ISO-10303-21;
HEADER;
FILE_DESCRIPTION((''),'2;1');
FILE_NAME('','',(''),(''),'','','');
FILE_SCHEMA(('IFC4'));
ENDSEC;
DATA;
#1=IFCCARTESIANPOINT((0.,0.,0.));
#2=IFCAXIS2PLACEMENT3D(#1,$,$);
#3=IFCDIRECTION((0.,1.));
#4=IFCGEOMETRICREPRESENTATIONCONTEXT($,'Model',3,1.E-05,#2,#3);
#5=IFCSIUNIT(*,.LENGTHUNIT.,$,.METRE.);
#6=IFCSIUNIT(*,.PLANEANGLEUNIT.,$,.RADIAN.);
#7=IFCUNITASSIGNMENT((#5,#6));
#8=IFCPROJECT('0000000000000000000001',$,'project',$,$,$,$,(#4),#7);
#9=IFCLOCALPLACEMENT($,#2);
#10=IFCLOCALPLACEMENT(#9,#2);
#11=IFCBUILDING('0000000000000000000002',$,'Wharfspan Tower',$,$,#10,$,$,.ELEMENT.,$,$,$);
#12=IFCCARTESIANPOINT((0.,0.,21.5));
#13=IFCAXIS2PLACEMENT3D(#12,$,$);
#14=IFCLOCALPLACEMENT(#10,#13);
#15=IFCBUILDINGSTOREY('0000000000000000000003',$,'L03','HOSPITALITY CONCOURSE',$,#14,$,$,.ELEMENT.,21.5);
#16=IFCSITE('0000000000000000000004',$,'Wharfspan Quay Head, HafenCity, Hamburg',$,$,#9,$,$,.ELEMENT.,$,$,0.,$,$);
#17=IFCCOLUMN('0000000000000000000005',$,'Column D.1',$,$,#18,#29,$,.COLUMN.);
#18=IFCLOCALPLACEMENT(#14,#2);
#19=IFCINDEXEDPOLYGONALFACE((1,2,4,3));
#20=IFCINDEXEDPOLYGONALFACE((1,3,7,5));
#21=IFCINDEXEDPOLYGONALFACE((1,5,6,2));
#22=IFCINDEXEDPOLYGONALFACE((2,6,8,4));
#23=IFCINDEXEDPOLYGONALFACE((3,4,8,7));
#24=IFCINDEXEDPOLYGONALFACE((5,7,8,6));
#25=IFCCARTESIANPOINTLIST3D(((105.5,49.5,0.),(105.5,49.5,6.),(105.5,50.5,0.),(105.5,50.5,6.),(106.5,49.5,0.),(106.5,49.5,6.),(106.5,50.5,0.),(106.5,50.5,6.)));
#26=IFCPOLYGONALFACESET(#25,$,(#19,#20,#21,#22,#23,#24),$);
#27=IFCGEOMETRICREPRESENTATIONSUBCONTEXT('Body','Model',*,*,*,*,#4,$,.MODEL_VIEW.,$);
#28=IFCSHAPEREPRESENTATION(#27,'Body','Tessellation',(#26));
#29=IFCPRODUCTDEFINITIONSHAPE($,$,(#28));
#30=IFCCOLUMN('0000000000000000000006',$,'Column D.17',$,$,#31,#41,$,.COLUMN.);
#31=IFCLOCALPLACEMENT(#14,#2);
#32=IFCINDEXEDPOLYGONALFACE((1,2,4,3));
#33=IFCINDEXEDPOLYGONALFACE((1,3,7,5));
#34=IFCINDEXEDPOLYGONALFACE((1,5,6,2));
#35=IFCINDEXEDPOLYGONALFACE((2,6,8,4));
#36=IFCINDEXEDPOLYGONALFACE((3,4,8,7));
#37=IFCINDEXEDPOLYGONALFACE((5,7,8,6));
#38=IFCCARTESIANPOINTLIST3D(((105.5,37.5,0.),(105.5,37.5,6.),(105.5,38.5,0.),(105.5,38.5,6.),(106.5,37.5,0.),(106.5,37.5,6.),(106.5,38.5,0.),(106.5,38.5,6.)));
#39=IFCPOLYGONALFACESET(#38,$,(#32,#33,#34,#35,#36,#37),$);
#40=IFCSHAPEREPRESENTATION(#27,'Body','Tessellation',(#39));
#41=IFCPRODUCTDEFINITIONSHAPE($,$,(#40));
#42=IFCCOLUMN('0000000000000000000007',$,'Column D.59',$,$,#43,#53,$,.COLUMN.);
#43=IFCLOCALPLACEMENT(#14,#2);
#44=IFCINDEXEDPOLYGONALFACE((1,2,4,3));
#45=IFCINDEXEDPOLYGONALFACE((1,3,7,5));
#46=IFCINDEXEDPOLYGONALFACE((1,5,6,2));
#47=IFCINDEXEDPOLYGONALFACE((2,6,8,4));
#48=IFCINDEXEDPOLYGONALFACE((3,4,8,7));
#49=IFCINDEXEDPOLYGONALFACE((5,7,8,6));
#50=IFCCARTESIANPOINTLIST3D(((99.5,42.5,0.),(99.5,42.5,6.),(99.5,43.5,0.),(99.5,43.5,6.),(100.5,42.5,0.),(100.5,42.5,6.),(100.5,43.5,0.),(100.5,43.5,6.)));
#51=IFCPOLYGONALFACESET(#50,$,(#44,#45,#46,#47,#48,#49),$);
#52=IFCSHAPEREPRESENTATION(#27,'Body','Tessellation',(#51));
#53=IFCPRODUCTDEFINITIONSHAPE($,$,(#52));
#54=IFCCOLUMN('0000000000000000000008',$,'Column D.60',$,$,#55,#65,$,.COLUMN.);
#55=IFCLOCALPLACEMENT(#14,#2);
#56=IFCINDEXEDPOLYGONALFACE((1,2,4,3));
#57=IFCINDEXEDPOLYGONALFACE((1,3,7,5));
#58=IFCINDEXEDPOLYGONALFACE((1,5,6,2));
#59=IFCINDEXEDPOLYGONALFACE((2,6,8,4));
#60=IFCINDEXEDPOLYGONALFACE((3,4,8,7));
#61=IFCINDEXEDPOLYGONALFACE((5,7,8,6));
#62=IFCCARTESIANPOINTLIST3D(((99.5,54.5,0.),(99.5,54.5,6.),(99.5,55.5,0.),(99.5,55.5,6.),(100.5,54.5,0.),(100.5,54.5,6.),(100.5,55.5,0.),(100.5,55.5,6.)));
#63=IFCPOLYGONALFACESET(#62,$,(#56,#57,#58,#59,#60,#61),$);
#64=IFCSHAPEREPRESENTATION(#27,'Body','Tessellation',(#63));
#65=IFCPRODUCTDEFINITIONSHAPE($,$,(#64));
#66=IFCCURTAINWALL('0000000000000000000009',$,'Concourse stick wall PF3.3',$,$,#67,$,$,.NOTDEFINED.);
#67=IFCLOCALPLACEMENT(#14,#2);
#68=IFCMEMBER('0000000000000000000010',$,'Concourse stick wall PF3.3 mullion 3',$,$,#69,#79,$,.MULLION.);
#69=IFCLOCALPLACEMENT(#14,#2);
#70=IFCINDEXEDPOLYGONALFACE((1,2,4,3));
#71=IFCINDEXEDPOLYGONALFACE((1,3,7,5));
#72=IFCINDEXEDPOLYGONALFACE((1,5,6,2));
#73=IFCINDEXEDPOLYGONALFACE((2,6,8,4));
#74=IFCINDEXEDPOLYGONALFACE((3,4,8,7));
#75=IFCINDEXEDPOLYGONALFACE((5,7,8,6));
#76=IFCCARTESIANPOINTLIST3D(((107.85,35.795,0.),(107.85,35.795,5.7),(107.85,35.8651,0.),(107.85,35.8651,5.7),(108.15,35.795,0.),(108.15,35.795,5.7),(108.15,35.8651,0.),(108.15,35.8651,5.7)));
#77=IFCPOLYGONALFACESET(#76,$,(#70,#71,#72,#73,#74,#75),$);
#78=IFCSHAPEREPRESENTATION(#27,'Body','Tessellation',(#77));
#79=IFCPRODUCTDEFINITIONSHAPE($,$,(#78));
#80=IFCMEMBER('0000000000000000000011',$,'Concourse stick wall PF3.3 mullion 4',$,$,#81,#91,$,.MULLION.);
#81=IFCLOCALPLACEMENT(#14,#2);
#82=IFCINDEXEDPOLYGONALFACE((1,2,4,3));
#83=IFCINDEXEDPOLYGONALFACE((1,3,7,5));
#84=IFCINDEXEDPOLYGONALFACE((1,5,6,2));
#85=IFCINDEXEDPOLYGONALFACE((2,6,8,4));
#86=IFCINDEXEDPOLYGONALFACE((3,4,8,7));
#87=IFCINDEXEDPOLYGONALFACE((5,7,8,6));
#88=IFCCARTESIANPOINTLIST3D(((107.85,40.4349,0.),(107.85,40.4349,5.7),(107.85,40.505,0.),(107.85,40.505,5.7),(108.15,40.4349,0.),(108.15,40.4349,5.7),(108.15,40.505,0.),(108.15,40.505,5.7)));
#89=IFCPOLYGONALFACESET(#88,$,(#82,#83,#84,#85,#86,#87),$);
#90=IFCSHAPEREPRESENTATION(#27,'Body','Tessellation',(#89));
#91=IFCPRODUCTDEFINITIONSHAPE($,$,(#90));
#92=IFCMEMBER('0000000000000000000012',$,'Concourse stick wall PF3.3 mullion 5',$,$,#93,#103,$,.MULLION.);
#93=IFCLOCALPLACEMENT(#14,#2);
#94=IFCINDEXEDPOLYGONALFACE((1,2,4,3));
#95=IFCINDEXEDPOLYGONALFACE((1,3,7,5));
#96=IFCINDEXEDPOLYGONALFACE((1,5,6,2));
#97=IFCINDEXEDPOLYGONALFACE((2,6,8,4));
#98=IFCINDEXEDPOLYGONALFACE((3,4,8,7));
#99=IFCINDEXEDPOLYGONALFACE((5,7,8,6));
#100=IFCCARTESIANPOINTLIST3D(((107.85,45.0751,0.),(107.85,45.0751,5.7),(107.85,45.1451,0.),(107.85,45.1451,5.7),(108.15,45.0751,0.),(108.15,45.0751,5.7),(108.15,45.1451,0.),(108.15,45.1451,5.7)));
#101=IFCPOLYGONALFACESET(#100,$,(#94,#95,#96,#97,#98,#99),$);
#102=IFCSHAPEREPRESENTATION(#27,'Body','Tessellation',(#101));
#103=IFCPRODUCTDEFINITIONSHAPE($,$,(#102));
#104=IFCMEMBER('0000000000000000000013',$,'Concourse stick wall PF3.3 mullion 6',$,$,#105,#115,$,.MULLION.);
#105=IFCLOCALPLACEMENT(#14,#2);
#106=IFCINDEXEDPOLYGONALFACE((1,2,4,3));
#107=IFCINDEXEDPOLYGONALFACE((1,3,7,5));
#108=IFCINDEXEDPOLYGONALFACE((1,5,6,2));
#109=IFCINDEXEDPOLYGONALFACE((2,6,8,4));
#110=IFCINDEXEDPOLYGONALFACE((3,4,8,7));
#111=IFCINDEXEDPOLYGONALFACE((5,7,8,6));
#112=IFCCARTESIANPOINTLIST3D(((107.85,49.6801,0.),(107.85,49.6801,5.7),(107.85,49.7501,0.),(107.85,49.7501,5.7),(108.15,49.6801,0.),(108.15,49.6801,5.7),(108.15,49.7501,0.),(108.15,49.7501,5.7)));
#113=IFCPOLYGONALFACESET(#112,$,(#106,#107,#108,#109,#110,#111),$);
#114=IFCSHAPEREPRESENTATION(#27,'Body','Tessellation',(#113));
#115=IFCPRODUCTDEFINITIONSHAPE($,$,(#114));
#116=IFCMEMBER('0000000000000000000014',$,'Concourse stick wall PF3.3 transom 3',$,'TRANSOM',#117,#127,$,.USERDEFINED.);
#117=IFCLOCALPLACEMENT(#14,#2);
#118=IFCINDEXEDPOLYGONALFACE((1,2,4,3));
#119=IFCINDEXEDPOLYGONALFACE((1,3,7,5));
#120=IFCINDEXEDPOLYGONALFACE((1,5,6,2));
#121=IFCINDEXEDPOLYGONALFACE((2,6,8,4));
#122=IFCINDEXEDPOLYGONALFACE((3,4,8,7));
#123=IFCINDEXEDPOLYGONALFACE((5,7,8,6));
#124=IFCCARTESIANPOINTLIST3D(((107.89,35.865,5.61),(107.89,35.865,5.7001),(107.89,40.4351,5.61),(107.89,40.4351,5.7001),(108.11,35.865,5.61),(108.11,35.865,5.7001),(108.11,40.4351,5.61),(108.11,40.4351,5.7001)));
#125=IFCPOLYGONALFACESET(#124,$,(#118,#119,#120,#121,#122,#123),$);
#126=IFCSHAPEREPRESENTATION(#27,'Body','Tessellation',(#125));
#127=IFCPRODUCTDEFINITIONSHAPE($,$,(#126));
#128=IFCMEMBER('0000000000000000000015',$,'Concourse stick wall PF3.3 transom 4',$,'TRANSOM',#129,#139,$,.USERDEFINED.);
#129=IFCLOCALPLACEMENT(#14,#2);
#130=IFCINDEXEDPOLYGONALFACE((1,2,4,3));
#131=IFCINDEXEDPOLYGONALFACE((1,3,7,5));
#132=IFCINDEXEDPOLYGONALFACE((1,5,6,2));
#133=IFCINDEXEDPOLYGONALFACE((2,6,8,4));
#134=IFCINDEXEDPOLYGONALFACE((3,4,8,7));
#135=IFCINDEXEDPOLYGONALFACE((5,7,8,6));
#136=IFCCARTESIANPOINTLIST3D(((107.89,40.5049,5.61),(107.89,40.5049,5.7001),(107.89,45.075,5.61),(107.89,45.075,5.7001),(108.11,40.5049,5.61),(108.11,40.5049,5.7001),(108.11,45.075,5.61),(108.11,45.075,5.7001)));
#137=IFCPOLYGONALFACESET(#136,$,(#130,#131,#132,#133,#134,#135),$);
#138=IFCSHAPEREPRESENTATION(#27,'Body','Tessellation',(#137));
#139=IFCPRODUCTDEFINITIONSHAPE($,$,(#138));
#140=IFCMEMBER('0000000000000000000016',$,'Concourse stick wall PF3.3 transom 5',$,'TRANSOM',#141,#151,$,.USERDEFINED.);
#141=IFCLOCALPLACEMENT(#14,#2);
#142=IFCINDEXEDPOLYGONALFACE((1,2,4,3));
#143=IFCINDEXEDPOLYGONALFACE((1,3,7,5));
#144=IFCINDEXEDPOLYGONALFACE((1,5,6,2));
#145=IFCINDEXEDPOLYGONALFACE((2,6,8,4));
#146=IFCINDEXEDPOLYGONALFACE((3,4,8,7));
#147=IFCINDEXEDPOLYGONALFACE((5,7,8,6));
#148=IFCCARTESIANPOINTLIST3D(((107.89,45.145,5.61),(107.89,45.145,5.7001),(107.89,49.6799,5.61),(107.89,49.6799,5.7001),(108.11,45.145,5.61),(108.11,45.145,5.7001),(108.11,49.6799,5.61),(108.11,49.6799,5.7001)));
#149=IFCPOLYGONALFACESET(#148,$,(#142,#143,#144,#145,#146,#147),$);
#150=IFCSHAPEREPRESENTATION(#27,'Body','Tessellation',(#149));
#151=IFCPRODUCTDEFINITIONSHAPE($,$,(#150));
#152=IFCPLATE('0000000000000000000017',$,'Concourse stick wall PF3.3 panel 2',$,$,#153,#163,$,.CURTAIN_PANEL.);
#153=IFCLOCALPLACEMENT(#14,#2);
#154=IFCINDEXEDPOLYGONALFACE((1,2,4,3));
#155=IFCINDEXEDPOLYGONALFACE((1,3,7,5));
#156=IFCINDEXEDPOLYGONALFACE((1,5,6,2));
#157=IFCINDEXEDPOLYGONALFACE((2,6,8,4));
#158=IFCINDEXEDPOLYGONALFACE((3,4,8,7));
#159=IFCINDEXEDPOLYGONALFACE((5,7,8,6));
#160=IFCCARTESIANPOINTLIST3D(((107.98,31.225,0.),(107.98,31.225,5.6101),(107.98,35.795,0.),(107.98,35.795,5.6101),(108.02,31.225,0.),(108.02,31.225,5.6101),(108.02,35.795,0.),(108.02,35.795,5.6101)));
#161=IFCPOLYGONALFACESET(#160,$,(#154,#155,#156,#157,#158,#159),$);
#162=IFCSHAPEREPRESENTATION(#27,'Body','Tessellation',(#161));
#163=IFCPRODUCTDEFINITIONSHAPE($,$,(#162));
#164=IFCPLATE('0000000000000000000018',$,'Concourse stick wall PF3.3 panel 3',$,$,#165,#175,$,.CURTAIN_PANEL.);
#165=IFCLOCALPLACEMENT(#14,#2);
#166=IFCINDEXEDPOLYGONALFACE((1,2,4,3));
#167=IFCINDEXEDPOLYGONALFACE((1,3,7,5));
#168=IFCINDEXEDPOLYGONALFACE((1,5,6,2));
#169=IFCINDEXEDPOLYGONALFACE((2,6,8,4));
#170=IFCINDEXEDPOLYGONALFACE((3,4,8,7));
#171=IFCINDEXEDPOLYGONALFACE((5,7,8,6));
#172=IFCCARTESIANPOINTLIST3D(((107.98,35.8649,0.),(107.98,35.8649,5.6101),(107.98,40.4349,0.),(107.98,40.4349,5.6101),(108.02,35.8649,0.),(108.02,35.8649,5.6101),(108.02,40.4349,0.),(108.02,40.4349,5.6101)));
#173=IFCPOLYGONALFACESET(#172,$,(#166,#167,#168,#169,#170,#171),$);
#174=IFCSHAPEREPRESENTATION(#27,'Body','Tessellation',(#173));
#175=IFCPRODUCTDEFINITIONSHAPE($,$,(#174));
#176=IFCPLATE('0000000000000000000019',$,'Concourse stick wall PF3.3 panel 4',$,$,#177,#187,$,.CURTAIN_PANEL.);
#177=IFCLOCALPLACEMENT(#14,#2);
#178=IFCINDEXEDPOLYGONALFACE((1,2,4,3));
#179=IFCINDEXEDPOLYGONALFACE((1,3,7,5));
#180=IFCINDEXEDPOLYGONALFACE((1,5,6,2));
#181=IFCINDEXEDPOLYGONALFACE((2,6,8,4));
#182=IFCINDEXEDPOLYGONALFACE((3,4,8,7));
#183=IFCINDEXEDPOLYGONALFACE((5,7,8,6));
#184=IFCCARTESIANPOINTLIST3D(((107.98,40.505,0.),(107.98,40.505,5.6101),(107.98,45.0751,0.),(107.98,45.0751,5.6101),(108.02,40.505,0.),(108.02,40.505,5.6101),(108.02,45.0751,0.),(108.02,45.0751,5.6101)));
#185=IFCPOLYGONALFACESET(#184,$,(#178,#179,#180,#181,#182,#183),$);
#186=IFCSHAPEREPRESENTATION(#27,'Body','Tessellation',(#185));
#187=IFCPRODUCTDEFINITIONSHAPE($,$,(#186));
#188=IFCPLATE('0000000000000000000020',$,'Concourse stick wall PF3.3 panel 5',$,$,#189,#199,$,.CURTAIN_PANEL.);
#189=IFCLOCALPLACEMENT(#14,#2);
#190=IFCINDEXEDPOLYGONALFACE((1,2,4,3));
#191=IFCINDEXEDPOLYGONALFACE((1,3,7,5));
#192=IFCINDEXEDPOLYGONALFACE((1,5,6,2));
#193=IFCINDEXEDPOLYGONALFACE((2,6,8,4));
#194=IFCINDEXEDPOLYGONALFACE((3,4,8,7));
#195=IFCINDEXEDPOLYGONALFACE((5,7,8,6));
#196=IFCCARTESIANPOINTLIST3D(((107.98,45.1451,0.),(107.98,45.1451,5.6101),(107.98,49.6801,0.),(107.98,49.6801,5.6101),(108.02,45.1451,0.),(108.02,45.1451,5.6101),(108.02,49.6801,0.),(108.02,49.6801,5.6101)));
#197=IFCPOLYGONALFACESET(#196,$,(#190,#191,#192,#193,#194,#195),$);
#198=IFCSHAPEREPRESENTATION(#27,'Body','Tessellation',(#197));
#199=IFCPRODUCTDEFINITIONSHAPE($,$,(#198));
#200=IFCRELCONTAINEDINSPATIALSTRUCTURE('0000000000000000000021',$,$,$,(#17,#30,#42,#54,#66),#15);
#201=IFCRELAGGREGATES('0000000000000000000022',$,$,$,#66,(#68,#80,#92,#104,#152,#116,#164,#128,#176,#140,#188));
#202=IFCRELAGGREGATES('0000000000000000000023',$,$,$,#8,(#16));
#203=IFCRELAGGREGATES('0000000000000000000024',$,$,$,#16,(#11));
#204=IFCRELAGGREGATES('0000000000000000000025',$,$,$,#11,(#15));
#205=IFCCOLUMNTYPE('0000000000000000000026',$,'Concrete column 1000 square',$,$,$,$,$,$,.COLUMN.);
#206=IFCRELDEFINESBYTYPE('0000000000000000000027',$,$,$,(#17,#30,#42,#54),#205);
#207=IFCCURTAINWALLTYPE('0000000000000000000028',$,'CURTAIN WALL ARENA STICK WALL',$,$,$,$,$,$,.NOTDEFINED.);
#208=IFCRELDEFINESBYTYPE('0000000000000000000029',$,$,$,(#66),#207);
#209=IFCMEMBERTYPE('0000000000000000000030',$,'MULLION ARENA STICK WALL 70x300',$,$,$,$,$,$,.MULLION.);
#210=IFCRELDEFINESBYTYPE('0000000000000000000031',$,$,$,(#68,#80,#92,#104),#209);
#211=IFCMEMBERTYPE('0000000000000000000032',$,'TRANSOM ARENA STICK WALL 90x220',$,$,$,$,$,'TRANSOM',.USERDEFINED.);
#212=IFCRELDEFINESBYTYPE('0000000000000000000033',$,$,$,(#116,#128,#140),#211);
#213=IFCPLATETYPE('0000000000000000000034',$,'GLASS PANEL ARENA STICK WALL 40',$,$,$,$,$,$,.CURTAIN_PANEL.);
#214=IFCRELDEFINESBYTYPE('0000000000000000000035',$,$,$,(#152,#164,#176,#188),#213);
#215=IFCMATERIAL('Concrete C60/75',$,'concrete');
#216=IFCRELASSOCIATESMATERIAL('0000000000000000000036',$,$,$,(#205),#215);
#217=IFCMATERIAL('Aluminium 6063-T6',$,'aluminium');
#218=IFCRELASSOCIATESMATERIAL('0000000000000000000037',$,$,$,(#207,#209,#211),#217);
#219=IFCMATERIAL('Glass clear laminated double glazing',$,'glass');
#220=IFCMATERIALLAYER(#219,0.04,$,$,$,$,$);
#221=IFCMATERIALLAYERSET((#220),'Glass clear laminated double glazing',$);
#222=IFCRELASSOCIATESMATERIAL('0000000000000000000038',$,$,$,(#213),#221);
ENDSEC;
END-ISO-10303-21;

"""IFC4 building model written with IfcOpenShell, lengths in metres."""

from ifc_helpers import new_model, si_unit, direction, frame, origin, origin_2d, place, context, subcontext, project, spatial, rectangle, extrude, material, layer, layer_set, material_profile, profile_set, type_object, element, aggregate, save


model = new_model("IFC4")

# Units and contexts
model_context = context("Model", 3, precision=1e-05, world=origin(), true_north=direction((0.0, 1.0)))
body_context = subcontext(model_context, "Body", "Model", "MODEL_VIEW")
ifc_project = project(units=[si_unit("LENGTHUNIT", "METRE"), si_unit("PLANEANGLEUNIT", "RADIAN")], contexts=[model_context])

# Site, building, storey
site_placement = place(None, origin())
site = spatial("IfcSite", under=ifc_project, at=site_placement, Name="Wharfspan Quay Head, HafenCity, Hamburg", CompositionType="ELEMENT", RefElevation=0.0)
building_placement = place(site_placement, origin())
building = spatial("IfcBuilding", under=site, at=building_placement, Name="Wharfspan Tower", CompositionType="ELEMENT")
storey_placement = place(building_placement, frame((0.0, 0.0, 21.5)))
storey = spatial("IfcBuildingStorey", under=building, at=storey_placement, Name="L03", Description="HOSPITALITY CONCOURSE", CompositionType="ELEMENT", Elevation=21.5)

# Columns
ifc_material_1 = material(Name="Concrete C60/75", Category="concrete")
ifc_material_profile_1 = material_profile(ifc_material_1, rectangle(XDim=1.0, YDim=1.0, at=origin_2d()))
ifc_profile_set_1 = profile_set([ifc_material_profile_1], Name="Concrete C60/75")
column_type = type_object("IfcColumnType", Name="Concrete column 1000 square", PredefinedType="COLUMN", material=ifc_profile_set_1)
for number, where, z_axis, x_axis, name in (
    (1, (106.0, 50.0, 0.0), (0.0, 0.0, 1.0), (1.0, 0.0, 0.0), "Column D.1"),
    (2, (106.0, 38.0, 0.0), (0.0, 0.0, 1.0), (1.0, 0.0, 0.0), "Column D.17"),
    (3, (100.0, 43.0, 0.0), (0.0, 0.0, 1.0), (1.0, 0.0, 0.0), "Column D.59"),
    (4, (100.0, 55.0, 0.0), (0.0, 0.0, 1.0), (1.0, 0.0, 0.0), "Column D.60"),
):
    element("IfcColumn", number, at=place(storey_placement, frame(where, z_axis=z_axis, x_axis=x_axis)), inside=storey, type_object=column_type, Name=name, PredefinedType="COLUMN", context=body_context, shape_type="SweptSolid", body=[
        extrude(rectangle(XDim=1.0, YDim=1.0, at=origin_2d()), origin(), (0.0, 0.0, 1.0), 6.0),
    ])

# Curtain wall, members, plates
ifc_material_2 = material(Name="Aluminium 6063-T6", Category="aluminium")
curtain_wall_type = type_object("IfcCurtainWallType", Name="CURTAIN WALL ARENA STICK WALL", PredefinedType="NOTDEFINED", material=ifc_material_2)
curtain_wall_placement = place(storey_placement, origin())
curtain_wall = element("IfcCurtainWall", 5, at=curtain_wall_placement, inside=storey, type_object=curtain_wall_type, Name="Concourse stick wall PF3.3", PredefinedType="NOTDEFINED")
ifc_material_profile_2 = material_profile(ifc_material_2, rectangle(XDim=0.3, YDim=0.0701, at=origin_2d()))
ifc_profile_set_2 = profile_set([ifc_material_profile_2], Name="Aluminium 6063-T6")
member_type_1 = type_object("IfcMemberType", Name="MULLION ARENA STICK WALL 70x300", PredefinedType="MULLION", material=ifc_profile_set_2)
member_1_placement = place(storey_placement, frame((108.0, 35.8301, 0.0), z_axis=(0.0, 0.0, 1.0), x_axis=(-1.0, 0.0, 0.0)))
member_1 = element("IfcMember", 6, at=member_1_placement, type_object=member_type_1, Name="Concourse stick wall PF3.3 mullion 3", PredefinedType="MULLION", context=body_context, shape_type="SweptSolid", body=[
    extrude(rectangle(XDim=0.3, YDim=0.0701, at=origin_2d()), origin(), (0.0, 0.0, 1.0), 5.7),
])
member_2_placement = place(storey_placement, frame((108.0, 40.47, 0.0), z_axis=(0.0, 0.0, 1.0), x_axis=(-1.0, 0.0, 0.0)))
member_2 = element("IfcMember", 7, at=member_2_placement, type_object=member_type_1, Name="Concourse stick wall PF3.3 mullion 4", PredefinedType="MULLION", context=body_context, shape_type="SweptSolid", body=[
    extrude(rectangle(XDim=0.3, YDim=0.0701, at=origin_2d()), origin(), (0.0, 0.0, 1.0), 5.7),
])
member_3_placement = place(storey_placement, frame((108.0, 45.1101, 0.0), z_axis=(0.0, 0.0, 1.0), x_axis=(-1.0, 0.0, 0.0)))
member_3 = element("IfcMember", 8, at=member_3_placement, type_object=member_type_1, Name="Concourse stick wall PF3.3 mullion 5", PredefinedType="MULLION", context=body_context, shape_type="SweptSolid", body=[
    extrude(rectangle(XDim=0.3, YDim=0.0701, at=origin_2d()), origin(), (0.0, 0.0, 1.0), 5.7),
])
member_4_placement = place(storey_placement, frame((108.0, 49.7151, 0.0), z_axis=(0.0, 0.0, 1.0), x_axis=(-1.0, 0.0, 0.0)))
member_4 = element("IfcMember", 9, at=member_4_placement, type_object=member_type_1, Name="Concourse stick wall PF3.3 mullion 6", PredefinedType="MULLION", context=body_context, shape_type="SweptSolid", body=[
    extrude(rectangle(XDim=0.3, YDim=0.0701, at=origin_2d()), origin(), (0.0, 0.0, 1.0), 5.7),
])
ifc_material_profile_3 = material_profile(ifc_material_2, rectangle(XDim=0.22, YDim=0.0901, at=origin_2d()))
ifc_profile_set_3 = profile_set([ifc_material_profile_3], Name="Aluminium 6063-T6")
member_type_2 = type_object("IfcMemberType", Name="TRANSOM ARENA STICK WALL 90x220", ElementType="TRANSOM", PredefinedType="USERDEFINED", material=ifc_profile_set_3)
member_5_placement = place(storey_placement, frame((108.0, 35.865, 5.655), z_axis=(0.0, 1.0, 0.0), x_axis=(-1.0, 0.0, 0.0)))
member_5 = element("IfcMember", 10, at=member_5_placement, type_object=member_type_2, Name="Concourse stick wall PF3.3 transom 3", ObjectType="TRANSOM", PredefinedType="USERDEFINED", context=body_context, shape_type="SweptSolid", body=[
    extrude(rectangle(XDim=0.22, YDim=0.0901, at=origin_2d()), origin(), (0.0, 0.0, 1.0), 4.5701),
])
member_6_placement = place(storey_placement, frame((108.0, 40.5049, 5.655), z_axis=(0.0, 1.0, 0.0), x_axis=(-1.0, 0.0, 0.0)))
member_6 = element("IfcMember", 11, at=member_6_placement, type_object=member_type_2, Name="Concourse stick wall PF3.3 transom 4", ObjectType="TRANSOM", PredefinedType="USERDEFINED", context=body_context, shape_type="SweptSolid", body=[
    extrude(rectangle(XDim=0.22, YDim=0.0901, at=origin_2d()), origin(), (0.0, 0.0, 1.0), 4.5701),
])
member_7_placement = place(storey_placement, frame((108.0, 45.145, 5.655), z_axis=(0.0, 1.0, 0.0), x_axis=(-1.0, 0.0, 0.0)))
member_7 = element("IfcMember", 12, at=member_7_placement, type_object=member_type_2, Name="Concourse stick wall PF3.3 transom 5", ObjectType="TRANSOM", PredefinedType="USERDEFINED", context=body_context, shape_type="SweptSolid", body=[
    extrude(rectangle(XDim=0.22, YDim=0.0901, at=origin_2d()), origin(), (0.0, 0.0, 1.0), 4.5349),
])
ifc_material_3 = material(Name="Glass clear laminated double glazing", Category="glass")
ifc_layer_1 = layer(ifc_material_3, 0.04)
ifc_layer_set_1 = layer_set([ifc_layer_1], Name="Glass clear laminated double glazing")
plate_type = type_object("IfcPlateType", Name="GLASS PANEL ARENA STICK WALL 40", PredefinedType="CURTAIN_PANEL", material=ifc_layer_set_1)
plate_1_placement = place(storey_placement, frame((108.0, 33.51, 0.0), z_axis=(0.0, 0.0, 1.0), x_axis=(0.0, 1.0, 0.0)))
plate_1 = element("IfcPlate", 13, at=plate_1_placement, type_object=plate_type, Name="Concourse stick wall PF3.3 panel 2", PredefinedType="CURTAIN_PANEL", context=body_context, shape_type="SweptSolid", body=[
    extrude(rectangle(XDim=4.5701, YDim=0.04, at=origin_2d()), origin(), (0.0, 0.0, 1.0), 5.6101),
])
plate_2_placement = place(storey_placement, frame((108.0, 38.1499, 0.0), z_axis=(0.0, 0.0, 1.0), x_axis=(0.0, 1.0, 0.0)))
plate_2 = element("IfcPlate", 14, at=plate_2_placement, type_object=plate_type, Name="Concourse stick wall PF3.3 panel 3", PredefinedType="CURTAIN_PANEL", context=body_context, shape_type="SweptSolid", body=[
    extrude(rectangle(XDim=4.5701, YDim=0.04, at=origin_2d()), origin(), (0.0, 0.0, 1.0), 5.6101),
])
plate_3_placement = place(storey_placement, frame((108.0, 42.79, 0.0), z_axis=(0.0, 0.0, 1.0), x_axis=(0.0, 1.0, 0.0)))
plate_3 = element("IfcPlate", 15, at=plate_3_placement, type_object=plate_type, Name="Concourse stick wall PF3.3 panel 4", PredefinedType="CURTAIN_PANEL", context=body_context, shape_type="SweptSolid", body=[
    extrude(rectangle(XDim=4.5701, YDim=0.04, at=origin_2d()), origin(), (0.0, 0.0, 1.0), 5.6101),
])
plate_4_placement = place(storey_placement, frame((108.0, 47.4126, 0.0), z_axis=(0.0, 0.0, 1.0), x_axis=(0.0, 1.0, 0.0)))
plate_4 = element("IfcPlate", 16, at=plate_4_placement, type_object=plate_type, Name="Concourse stick wall PF3.3 panel 5", PredefinedType="CURTAIN_PANEL", context=body_context, shape_type="SweptSolid", body=[
    extrude(rectangle(XDim=4.5349, YDim=0.04, at=origin_2d()), origin(), (0.0, 0.0, 1.0), 5.6101),
])
aggregate(curtain_wall, [member_1, member_2, member_3, member_4, plate_1, member_5, plate_2, member_6, plate_3, member_7, plate_4])

save(model, "model.ifc")
